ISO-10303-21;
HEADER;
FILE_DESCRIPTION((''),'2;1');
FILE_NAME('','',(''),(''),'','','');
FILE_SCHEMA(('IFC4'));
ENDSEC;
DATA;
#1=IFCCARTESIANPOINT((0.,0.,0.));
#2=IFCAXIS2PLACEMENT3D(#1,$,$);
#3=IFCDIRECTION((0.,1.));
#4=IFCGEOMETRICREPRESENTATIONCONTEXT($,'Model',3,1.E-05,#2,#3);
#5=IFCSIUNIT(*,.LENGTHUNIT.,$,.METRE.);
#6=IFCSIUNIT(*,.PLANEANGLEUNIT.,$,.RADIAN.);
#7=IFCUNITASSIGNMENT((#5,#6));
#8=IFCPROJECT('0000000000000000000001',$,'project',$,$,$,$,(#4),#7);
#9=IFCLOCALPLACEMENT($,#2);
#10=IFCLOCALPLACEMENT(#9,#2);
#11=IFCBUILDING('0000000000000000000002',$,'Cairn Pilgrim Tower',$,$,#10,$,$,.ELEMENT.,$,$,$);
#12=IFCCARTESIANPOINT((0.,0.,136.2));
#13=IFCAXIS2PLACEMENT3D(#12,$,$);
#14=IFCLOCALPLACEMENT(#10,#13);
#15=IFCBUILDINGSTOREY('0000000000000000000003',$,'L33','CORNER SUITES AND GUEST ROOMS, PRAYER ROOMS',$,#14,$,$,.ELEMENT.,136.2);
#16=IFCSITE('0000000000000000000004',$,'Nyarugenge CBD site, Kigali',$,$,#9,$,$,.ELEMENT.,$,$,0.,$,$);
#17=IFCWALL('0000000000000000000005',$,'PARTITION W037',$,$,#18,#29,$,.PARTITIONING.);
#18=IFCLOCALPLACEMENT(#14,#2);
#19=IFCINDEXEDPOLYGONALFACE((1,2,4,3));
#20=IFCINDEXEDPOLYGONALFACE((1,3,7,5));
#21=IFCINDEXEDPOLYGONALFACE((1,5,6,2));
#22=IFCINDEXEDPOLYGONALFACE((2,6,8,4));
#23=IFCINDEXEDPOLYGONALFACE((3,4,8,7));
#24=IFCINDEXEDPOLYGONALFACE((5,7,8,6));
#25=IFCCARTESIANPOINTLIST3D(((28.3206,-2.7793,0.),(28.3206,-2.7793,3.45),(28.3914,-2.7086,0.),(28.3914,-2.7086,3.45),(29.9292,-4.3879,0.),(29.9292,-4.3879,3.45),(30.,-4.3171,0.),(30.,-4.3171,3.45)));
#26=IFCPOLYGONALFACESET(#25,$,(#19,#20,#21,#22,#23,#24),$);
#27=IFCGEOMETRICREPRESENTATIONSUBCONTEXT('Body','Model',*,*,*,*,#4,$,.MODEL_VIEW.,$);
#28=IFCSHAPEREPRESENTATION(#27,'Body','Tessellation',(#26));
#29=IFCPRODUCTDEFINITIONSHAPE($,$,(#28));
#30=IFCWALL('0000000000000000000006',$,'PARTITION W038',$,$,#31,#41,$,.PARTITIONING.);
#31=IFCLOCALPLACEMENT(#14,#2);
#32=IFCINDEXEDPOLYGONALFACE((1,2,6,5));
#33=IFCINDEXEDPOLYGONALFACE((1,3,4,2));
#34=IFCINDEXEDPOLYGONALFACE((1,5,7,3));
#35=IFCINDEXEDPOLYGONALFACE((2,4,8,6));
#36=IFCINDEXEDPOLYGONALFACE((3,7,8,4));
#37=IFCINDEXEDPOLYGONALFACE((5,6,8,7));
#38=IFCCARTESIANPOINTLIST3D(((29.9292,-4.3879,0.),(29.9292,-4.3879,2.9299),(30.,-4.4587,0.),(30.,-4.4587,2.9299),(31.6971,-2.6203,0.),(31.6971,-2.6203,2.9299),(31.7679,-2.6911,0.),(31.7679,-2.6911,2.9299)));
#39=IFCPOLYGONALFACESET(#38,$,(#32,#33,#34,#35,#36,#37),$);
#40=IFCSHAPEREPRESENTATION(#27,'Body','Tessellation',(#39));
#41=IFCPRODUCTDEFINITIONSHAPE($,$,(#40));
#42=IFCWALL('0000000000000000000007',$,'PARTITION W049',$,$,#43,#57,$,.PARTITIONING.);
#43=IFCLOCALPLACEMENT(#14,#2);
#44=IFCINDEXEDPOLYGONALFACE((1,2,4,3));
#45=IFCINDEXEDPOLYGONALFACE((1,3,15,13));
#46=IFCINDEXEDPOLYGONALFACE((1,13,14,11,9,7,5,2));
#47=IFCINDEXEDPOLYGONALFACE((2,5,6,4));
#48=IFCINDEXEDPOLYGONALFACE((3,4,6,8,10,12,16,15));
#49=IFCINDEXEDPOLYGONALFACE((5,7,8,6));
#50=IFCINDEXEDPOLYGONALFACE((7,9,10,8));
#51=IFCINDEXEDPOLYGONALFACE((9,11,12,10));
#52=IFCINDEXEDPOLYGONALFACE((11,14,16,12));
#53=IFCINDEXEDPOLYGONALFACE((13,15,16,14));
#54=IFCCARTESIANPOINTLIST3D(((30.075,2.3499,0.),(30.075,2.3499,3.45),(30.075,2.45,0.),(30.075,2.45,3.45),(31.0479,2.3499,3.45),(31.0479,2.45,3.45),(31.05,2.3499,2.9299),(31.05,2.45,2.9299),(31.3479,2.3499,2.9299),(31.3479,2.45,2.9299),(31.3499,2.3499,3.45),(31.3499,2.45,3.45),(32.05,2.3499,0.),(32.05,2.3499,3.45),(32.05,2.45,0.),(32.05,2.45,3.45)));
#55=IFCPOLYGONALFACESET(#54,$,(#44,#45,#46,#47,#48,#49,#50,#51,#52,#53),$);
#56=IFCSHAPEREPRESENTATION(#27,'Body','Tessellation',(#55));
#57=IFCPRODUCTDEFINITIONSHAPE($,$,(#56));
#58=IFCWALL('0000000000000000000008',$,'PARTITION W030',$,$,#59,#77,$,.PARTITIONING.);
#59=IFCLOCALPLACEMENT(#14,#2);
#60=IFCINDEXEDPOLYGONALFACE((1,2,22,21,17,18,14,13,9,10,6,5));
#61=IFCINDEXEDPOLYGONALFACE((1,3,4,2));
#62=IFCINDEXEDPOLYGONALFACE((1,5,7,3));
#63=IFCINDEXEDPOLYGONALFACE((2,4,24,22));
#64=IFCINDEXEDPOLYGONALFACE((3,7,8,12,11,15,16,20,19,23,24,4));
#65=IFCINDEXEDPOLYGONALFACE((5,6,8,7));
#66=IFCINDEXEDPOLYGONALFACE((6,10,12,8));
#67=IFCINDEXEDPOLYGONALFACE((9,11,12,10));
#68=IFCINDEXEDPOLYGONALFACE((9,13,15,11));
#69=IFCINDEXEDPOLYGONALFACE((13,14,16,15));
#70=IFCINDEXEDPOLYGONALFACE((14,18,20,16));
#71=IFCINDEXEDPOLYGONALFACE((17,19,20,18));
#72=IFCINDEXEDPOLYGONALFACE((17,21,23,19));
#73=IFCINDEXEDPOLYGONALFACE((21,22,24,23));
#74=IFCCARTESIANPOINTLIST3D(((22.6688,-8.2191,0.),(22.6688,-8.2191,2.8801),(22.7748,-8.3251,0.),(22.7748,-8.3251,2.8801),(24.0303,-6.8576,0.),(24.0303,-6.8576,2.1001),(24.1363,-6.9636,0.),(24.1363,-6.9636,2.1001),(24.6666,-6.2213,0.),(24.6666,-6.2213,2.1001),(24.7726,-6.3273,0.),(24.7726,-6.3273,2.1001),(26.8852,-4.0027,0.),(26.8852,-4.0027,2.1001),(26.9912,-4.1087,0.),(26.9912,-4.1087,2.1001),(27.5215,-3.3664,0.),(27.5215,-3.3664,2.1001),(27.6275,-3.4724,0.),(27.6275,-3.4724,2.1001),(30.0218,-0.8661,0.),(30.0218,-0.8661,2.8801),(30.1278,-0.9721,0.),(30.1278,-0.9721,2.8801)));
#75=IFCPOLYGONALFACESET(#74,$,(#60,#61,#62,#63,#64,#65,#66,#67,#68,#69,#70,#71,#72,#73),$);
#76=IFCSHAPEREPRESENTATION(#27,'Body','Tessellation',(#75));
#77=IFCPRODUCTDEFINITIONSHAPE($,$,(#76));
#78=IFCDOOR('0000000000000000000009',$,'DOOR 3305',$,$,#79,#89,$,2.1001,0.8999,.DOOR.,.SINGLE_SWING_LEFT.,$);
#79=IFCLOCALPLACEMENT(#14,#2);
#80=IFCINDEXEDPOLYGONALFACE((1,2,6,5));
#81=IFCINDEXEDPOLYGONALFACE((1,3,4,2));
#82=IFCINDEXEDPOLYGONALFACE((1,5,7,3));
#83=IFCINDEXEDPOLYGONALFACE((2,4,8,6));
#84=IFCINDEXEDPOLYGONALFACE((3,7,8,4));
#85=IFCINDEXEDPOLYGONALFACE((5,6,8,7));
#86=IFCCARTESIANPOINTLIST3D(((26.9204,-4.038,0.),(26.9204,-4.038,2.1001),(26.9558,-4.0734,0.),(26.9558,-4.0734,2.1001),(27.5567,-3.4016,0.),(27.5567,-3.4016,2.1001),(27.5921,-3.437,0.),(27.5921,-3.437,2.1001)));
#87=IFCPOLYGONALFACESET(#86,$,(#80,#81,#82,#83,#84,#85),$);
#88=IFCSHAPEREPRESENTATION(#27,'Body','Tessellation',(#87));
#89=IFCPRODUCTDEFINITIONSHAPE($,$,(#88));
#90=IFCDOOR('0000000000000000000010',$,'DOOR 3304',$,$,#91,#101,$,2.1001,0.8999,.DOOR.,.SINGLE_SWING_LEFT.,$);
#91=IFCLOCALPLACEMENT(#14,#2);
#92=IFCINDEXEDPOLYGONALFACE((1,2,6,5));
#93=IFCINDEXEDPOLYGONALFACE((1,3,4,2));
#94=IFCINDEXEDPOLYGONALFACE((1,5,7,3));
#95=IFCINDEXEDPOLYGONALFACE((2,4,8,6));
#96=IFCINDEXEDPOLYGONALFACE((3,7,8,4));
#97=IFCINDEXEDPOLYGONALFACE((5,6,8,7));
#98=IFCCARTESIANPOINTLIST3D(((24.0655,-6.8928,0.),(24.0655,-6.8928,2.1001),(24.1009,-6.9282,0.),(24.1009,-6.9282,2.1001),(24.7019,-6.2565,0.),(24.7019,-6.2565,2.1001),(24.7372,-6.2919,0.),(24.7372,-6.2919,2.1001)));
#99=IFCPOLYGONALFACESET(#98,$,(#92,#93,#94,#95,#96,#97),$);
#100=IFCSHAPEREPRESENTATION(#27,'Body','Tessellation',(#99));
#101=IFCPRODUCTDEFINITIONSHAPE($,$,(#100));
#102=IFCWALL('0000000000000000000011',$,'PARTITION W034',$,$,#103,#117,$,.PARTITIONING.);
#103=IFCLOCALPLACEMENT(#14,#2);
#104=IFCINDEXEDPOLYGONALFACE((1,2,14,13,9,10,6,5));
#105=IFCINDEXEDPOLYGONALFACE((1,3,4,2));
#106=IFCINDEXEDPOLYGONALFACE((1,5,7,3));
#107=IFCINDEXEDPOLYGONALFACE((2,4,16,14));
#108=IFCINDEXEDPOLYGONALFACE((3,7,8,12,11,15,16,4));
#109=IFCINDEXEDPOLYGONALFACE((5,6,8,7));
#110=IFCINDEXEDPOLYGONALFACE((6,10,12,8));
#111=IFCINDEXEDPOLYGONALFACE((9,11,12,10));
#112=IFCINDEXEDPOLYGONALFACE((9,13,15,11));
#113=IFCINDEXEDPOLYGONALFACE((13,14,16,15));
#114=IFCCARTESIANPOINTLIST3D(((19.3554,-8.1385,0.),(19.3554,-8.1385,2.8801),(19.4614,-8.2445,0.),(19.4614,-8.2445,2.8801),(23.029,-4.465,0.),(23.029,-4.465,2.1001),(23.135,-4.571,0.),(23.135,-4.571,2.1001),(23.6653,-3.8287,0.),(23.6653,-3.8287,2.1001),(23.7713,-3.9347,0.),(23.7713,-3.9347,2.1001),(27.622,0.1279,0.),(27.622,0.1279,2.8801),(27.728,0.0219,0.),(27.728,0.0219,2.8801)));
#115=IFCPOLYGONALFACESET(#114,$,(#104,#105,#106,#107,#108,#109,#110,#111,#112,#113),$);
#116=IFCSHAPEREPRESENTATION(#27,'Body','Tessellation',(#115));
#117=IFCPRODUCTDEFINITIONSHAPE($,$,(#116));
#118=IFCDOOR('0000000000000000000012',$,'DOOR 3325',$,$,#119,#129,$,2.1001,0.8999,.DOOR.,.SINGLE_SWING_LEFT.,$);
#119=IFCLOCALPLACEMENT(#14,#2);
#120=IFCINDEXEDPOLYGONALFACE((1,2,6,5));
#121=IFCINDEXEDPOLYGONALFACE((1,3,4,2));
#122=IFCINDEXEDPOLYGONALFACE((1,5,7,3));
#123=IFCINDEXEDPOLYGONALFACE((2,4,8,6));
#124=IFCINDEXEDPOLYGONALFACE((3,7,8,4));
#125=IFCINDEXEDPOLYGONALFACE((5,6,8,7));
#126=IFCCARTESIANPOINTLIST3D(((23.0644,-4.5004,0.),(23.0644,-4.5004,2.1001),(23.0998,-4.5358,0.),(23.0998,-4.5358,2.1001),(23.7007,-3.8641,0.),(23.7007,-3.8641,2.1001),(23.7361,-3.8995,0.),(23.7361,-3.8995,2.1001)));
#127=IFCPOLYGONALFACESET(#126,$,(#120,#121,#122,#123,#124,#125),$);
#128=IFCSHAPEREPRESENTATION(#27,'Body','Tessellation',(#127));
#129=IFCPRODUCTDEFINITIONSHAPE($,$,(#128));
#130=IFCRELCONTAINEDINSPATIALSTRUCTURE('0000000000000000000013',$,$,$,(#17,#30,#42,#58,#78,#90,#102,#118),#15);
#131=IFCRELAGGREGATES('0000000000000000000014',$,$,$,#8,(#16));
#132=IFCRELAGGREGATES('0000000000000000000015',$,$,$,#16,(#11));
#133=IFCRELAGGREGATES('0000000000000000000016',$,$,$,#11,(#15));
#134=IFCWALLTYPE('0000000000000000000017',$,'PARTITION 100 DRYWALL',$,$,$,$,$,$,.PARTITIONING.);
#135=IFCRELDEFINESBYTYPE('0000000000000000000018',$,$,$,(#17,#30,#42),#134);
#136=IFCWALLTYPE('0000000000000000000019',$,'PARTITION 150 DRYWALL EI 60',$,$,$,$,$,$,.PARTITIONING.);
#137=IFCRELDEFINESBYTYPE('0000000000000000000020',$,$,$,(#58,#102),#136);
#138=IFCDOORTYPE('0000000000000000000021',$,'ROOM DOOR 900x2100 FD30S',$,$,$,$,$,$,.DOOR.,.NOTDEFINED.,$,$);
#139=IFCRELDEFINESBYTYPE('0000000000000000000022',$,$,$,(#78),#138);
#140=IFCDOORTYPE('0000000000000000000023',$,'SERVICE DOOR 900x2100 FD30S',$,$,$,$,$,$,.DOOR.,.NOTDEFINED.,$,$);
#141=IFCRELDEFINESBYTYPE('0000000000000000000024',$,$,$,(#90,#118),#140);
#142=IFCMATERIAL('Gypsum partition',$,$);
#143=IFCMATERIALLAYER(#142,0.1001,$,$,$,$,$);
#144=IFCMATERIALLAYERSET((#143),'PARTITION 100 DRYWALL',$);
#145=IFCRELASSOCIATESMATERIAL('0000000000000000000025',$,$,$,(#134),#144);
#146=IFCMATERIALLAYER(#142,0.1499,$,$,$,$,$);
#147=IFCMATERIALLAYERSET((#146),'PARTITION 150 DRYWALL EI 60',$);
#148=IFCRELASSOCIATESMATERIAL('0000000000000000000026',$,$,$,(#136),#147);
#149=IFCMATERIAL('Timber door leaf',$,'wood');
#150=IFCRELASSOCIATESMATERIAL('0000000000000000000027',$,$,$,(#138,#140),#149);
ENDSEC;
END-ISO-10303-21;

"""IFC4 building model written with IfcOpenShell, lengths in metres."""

from ifc_helpers import new_model, si_unit, direction, frame, frame_2d, origin, place, context, subcontext, project, spatial, polyline, rectangle, outline, extrude, material, layer, layer_set, type_object, element, fill, save


model = new_model("IFC4")

# Units and contexts
model_context = context("Model", 3, precision=1e-05, world=origin(), true_north=direction((0.0, 1.0)))
body_context = subcontext(model_context, "Body", "Model", "MODEL_VIEW")
ifc_project = project(units=[si_unit("LENGTHUNIT", "METRE"), si_unit("PLANEANGLEUNIT", "RADIAN")], contexts=[model_context])

# Site, building, storey
site_placement = place(None, origin())
site = spatial("IfcSite", under=ifc_project, at=site_placement, Name="Nyarugenge CBD site, Kigali", CompositionType="ELEMENT", RefElevation=0.0)
building_placement = place(site_placement, origin())
building = spatial("IfcBuilding", under=site, at=building_placement, Name="Cairn Pilgrim Tower", CompositionType="ELEMENT")
storey_placement = place(building_placement, frame((0.0, 0.0, 136.2)))
storey = spatial("IfcBuildingStorey", under=building, at=storey_placement, Name="L33", Description="CORNER SUITES AND GUEST ROOMS, PRAYER ROOMS", CompositionType="ELEMENT", Elevation=136.2)

# Walls
ifc_material_1 = material(Name="Gypsum partition")
ifc_layer_1 = layer(ifc_material_1, 0.1001)
ifc_layer_set_1 = layer_set([ifc_layer_1], Name="PARTITION 100 DRYWALL")
wall_type_1 = type_object("IfcWallType", Name="PARTITION 100 DRYWALL", PredefinedType="PARTITIONING", material=ifc_layer_set_1)
wall_1_placement = place(storey_placement, frame((29.9646, -4.3525, 0.0), z_axis=(0.0, 0.0, 1.0), x_axis=(-0.707107, 0.707107, 0.0)))
element("IfcWall", 1, at=wall_1_placement, inside=storey, type_object=wall_type_1, Name="PARTITION W037", PredefinedType="PARTITIONING", context=body_context, shape_type="SweptSolid", body=[
    extrude(rectangle(XDim=2.2749, YDim=0.1001, at=frame_2d((1.1375, 0.0))), origin(), (0.0, 0.0, 1.0), 3.45),
])
wall_2_placement = place(storey_placement, frame((29.9646, -4.4233, 0.0), z_axis=(0.0, 0.0, 1.0), x_axis=(0.707156, 0.707058, 0.0)))
element("IfcWall", 2, at=wall_2_placement, inside=storey, type_object=wall_type_1, Name="PARTITION W038", PredefinedType="PARTITIONING", context=body_context, shape_type="SweptSolid", body=[
    extrude(rectangle(XDim=2.5, YDim=0.1001, at=frame_2d((1.25, 0.0))), origin(), (0.0, 0.0, 1.0), 2.9299),
])
wall_3_placement = place(storey_placement, frame((30.075, 2.3999, 0.0), z_axis=(0.0, 0.0, 1.0), x_axis=(1.0, 0.0, 0.0)))
element("IfcWall", 3, at=wall_3_placement, inside=storey, type_object=wall_type_1, Name="PARTITION W049", PredefinedType="PARTITIONING", context=body_context, shape_type="SweptSolid", body=[
    extrude(outline(polyline([(0.0, 0.0), (1.9751, 0.0), (1.9751, 3.45), (1.2749, 3.45), (1.2729, 2.9299), (0.9751, 2.9299), (0.9729, 3.45), (0.0, 3.45), (0.0, 0.0)])), frame((0.0, 0.05, 0.0), z_axis=(0.0, -1.0, 0.0), x_axis=(1.0, 0.0, 0.0)), (0.0, 0.0, 1.0), 0.1001),
])

# Wall, openings, doors
ifc_layer_2 = layer(ifc_material_1, 0.1499)
ifc_layer_set_2 = layer_set([ifc_layer_2], Name="PARTITION 150 DRYWALL EI 60")
wall_type_2 = type_object("IfcWallType", Name="PARTITION 150 DRYWALL EI 60", PredefinedType="PARTITIONING", material=ifc_layer_set_2)
wall_4_placement = place(storey_placement, frame((22.7219, -8.272, 0.0), z_axis=(0.0, 0.0, 1.0), x_axis=(0.707107, 0.707107, 0.0)))
wall_4 = element("IfcWall", 4, at=wall_4_placement, inside=storey, type_object=wall_type_2, Name="PARTITION W030", PredefinedType="PARTITIONING", context=body_context, shape_type="SweptSolid", body=[
    extrude(rectangle(XDim=10.3987, YDim=0.1499, at=frame_2d((5.1992, 0.0))), origin(), (0.0, 0.0, 1.0), 2.8801),
])
opening_1_placement = place(wall_4_placement, frame((1.9253, 0.0, 0.0)))
opening_1 = element("IfcOpeningElement", 5, at=opening_1_placement, cuts=wall_4, PredefinedType="OPENING", context=body_context, shape_type="SweptSolid", body=[
    extrude(rectangle(XDim=0.8999, YDim=2.1001, at=frame_2d((0.45, 1.05))), frame((0.0, 0.085, 0.0), z_axis=(0.0, -1.0, 0.0), x_axis=(1.0, 0.0, 0.0)), (0.0, 0.0, 1.0), 0.1699),
])
opening_2_placement = place(wall_4_placement, frame((5.9626, 0.0, 0.0)))
opening_2 = element("IfcOpeningElement", 6, at=opening_2_placement, cuts=wall_4, PredefinedType="OPENING", context=body_context, shape_type="SweptSolid", body=[
    extrude(rectangle(XDim=0.8999, YDim=2.1001, at=frame_2d((0.45, 1.05))), frame((0.0, 0.085, 0.0), z_axis=(0.0, -1.0, 0.0), x_axis=(1.0, 0.0, 0.0)), (0.0, 0.0, 1.0), 0.1699),
])
ifc_material_2 = material(Name="Timber door leaf", Category="wood")
door_type_1 = type_object("IfcDoorType", Name="ROOM DOOR 900x2100 FD30S", OperationType="NOTDEFINED", PredefinedType="DOOR", material=ifc_material_2)
door_1_placement = place(opening_2_placement, frame((0.8999, 0.0, 0.0), z_axis=(0.0, 0.0, 1.0), x_axis=(-1.0, 0.0, 0.0)))
door_1 = element("IfcDoor", 7, at=door_1_placement, inside=storey, type_object=door_type_1, Name="DOOR 3305", OperationType="SINGLE_SWING_LEFT", OverallHeight=2.1001, OverallWidth=0.8999, PredefinedType="DOOR", context=body_context, shape_type="SweptSolid", body=[
    extrude(rectangle(XDim=0.8999, YDim=2.1001, at=frame_2d((0.45, 1.05))), frame((0.0, 0.0249, 0.0), z_axis=(0.0, -1.0, 0.0), x_axis=(1.0, 0.0, 0.0)), (0.0, 0.0, 1.0), 0.05),
])
fill(opening_2, door_1)
door_type_2 = type_object("IfcDoorType", Name="SERVICE DOOR 900x2100 FD30S", OperationType="NOTDEFINED", PredefinedType="DOOR", material=ifc_material_2)
door_2_placement = place(opening_1_placement, frame((0.8999, 0.0, 0.0), z_axis=(0.0, 0.0, 1.0), x_axis=(-1.0, 0.0, 0.0)))
door_2 = element("IfcDoor", 8, at=door_2_placement, inside=storey, type_object=door_type_2, Name="DOOR 3304", OperationType="SINGLE_SWING_LEFT", OverallHeight=2.1001, OverallWidth=0.8999, PredefinedType="DOOR", context=body_context, shape_type="SweptSolid", body=[
    extrude(rectangle(XDim=0.8999, YDim=2.1001, at=frame_2d((0.45, 1.05))), frame((0.0, 0.0249, 0.0), z_axis=(0.0, -1.0, 0.0), x_axis=(1.0, 0.0, 0.0)), (0.0, 0.0, 1.0), 0.05),
])
fill(opening_1, door_2)

# Wall, opening, door
wall_5_placement = place(storey_placement, frame((19.4084, -8.1914, 0.0), z_axis=(0.0, 0.0, 1.0), x_axis=(0.707117, 0.707096, 0.0)))
wall_5 = element("IfcWall", 9, at=wall_5_placement, inside=storey, type_object=wall_type_2, Name="PARTITION W034", PredefinedType="PARTITIONING", context=body_context, shape_type="SweptSolid", body=[
    extrude(rectangle(XDim=11.6907, YDim=0.1499, at=frame_2d((5.8452, 0.0))), origin(), (0.0, 0.0, 1.0), 2.8801),
])
opening_3_placement = place(wall_5_placement, frame((5.1951, 0.0, 0.0)))
opening_3 = element("IfcOpeningElement", 10, at=opening_3_placement, cuts=wall_5, PredefinedType="OPENING", context=body_context, shape_type="SweptSolid", body=[
    extrude(rectangle(XDim=0.8999, YDim=2.1001, at=frame_2d((0.45, 1.05))), frame((0.0, 0.085, 0.0), z_axis=(0.0, -1.0, 0.0), x_axis=(1.0, 0.0, 0.0)), (0.0, 0.0, 1.0), 0.1699),
])
door_3_placement = place(opening_3_placement, origin())
door_3 = element("IfcDoor", 11, at=door_3_placement, inside=storey, type_object=door_type_2, Name="DOOR 3325", OperationType="SINGLE_SWING_LEFT", OverallHeight=2.1001, OverallWidth=0.8999, PredefinedType="DOOR", context=body_context, shape_type="SweptSolid", body=[
    extrude(rectangle(XDim=0.8999, YDim=2.1001, at=frame_2d((0.45, 1.05))), frame((0.0, 0.0249, 0.0), z_axis=(0.0, -1.0, 0.0), x_axis=(1.0, 0.0, 0.0)), (0.0, 0.0, 1.0), 0.05),
])
fill(opening_3, door_3)

save(model, "model.ifc")
